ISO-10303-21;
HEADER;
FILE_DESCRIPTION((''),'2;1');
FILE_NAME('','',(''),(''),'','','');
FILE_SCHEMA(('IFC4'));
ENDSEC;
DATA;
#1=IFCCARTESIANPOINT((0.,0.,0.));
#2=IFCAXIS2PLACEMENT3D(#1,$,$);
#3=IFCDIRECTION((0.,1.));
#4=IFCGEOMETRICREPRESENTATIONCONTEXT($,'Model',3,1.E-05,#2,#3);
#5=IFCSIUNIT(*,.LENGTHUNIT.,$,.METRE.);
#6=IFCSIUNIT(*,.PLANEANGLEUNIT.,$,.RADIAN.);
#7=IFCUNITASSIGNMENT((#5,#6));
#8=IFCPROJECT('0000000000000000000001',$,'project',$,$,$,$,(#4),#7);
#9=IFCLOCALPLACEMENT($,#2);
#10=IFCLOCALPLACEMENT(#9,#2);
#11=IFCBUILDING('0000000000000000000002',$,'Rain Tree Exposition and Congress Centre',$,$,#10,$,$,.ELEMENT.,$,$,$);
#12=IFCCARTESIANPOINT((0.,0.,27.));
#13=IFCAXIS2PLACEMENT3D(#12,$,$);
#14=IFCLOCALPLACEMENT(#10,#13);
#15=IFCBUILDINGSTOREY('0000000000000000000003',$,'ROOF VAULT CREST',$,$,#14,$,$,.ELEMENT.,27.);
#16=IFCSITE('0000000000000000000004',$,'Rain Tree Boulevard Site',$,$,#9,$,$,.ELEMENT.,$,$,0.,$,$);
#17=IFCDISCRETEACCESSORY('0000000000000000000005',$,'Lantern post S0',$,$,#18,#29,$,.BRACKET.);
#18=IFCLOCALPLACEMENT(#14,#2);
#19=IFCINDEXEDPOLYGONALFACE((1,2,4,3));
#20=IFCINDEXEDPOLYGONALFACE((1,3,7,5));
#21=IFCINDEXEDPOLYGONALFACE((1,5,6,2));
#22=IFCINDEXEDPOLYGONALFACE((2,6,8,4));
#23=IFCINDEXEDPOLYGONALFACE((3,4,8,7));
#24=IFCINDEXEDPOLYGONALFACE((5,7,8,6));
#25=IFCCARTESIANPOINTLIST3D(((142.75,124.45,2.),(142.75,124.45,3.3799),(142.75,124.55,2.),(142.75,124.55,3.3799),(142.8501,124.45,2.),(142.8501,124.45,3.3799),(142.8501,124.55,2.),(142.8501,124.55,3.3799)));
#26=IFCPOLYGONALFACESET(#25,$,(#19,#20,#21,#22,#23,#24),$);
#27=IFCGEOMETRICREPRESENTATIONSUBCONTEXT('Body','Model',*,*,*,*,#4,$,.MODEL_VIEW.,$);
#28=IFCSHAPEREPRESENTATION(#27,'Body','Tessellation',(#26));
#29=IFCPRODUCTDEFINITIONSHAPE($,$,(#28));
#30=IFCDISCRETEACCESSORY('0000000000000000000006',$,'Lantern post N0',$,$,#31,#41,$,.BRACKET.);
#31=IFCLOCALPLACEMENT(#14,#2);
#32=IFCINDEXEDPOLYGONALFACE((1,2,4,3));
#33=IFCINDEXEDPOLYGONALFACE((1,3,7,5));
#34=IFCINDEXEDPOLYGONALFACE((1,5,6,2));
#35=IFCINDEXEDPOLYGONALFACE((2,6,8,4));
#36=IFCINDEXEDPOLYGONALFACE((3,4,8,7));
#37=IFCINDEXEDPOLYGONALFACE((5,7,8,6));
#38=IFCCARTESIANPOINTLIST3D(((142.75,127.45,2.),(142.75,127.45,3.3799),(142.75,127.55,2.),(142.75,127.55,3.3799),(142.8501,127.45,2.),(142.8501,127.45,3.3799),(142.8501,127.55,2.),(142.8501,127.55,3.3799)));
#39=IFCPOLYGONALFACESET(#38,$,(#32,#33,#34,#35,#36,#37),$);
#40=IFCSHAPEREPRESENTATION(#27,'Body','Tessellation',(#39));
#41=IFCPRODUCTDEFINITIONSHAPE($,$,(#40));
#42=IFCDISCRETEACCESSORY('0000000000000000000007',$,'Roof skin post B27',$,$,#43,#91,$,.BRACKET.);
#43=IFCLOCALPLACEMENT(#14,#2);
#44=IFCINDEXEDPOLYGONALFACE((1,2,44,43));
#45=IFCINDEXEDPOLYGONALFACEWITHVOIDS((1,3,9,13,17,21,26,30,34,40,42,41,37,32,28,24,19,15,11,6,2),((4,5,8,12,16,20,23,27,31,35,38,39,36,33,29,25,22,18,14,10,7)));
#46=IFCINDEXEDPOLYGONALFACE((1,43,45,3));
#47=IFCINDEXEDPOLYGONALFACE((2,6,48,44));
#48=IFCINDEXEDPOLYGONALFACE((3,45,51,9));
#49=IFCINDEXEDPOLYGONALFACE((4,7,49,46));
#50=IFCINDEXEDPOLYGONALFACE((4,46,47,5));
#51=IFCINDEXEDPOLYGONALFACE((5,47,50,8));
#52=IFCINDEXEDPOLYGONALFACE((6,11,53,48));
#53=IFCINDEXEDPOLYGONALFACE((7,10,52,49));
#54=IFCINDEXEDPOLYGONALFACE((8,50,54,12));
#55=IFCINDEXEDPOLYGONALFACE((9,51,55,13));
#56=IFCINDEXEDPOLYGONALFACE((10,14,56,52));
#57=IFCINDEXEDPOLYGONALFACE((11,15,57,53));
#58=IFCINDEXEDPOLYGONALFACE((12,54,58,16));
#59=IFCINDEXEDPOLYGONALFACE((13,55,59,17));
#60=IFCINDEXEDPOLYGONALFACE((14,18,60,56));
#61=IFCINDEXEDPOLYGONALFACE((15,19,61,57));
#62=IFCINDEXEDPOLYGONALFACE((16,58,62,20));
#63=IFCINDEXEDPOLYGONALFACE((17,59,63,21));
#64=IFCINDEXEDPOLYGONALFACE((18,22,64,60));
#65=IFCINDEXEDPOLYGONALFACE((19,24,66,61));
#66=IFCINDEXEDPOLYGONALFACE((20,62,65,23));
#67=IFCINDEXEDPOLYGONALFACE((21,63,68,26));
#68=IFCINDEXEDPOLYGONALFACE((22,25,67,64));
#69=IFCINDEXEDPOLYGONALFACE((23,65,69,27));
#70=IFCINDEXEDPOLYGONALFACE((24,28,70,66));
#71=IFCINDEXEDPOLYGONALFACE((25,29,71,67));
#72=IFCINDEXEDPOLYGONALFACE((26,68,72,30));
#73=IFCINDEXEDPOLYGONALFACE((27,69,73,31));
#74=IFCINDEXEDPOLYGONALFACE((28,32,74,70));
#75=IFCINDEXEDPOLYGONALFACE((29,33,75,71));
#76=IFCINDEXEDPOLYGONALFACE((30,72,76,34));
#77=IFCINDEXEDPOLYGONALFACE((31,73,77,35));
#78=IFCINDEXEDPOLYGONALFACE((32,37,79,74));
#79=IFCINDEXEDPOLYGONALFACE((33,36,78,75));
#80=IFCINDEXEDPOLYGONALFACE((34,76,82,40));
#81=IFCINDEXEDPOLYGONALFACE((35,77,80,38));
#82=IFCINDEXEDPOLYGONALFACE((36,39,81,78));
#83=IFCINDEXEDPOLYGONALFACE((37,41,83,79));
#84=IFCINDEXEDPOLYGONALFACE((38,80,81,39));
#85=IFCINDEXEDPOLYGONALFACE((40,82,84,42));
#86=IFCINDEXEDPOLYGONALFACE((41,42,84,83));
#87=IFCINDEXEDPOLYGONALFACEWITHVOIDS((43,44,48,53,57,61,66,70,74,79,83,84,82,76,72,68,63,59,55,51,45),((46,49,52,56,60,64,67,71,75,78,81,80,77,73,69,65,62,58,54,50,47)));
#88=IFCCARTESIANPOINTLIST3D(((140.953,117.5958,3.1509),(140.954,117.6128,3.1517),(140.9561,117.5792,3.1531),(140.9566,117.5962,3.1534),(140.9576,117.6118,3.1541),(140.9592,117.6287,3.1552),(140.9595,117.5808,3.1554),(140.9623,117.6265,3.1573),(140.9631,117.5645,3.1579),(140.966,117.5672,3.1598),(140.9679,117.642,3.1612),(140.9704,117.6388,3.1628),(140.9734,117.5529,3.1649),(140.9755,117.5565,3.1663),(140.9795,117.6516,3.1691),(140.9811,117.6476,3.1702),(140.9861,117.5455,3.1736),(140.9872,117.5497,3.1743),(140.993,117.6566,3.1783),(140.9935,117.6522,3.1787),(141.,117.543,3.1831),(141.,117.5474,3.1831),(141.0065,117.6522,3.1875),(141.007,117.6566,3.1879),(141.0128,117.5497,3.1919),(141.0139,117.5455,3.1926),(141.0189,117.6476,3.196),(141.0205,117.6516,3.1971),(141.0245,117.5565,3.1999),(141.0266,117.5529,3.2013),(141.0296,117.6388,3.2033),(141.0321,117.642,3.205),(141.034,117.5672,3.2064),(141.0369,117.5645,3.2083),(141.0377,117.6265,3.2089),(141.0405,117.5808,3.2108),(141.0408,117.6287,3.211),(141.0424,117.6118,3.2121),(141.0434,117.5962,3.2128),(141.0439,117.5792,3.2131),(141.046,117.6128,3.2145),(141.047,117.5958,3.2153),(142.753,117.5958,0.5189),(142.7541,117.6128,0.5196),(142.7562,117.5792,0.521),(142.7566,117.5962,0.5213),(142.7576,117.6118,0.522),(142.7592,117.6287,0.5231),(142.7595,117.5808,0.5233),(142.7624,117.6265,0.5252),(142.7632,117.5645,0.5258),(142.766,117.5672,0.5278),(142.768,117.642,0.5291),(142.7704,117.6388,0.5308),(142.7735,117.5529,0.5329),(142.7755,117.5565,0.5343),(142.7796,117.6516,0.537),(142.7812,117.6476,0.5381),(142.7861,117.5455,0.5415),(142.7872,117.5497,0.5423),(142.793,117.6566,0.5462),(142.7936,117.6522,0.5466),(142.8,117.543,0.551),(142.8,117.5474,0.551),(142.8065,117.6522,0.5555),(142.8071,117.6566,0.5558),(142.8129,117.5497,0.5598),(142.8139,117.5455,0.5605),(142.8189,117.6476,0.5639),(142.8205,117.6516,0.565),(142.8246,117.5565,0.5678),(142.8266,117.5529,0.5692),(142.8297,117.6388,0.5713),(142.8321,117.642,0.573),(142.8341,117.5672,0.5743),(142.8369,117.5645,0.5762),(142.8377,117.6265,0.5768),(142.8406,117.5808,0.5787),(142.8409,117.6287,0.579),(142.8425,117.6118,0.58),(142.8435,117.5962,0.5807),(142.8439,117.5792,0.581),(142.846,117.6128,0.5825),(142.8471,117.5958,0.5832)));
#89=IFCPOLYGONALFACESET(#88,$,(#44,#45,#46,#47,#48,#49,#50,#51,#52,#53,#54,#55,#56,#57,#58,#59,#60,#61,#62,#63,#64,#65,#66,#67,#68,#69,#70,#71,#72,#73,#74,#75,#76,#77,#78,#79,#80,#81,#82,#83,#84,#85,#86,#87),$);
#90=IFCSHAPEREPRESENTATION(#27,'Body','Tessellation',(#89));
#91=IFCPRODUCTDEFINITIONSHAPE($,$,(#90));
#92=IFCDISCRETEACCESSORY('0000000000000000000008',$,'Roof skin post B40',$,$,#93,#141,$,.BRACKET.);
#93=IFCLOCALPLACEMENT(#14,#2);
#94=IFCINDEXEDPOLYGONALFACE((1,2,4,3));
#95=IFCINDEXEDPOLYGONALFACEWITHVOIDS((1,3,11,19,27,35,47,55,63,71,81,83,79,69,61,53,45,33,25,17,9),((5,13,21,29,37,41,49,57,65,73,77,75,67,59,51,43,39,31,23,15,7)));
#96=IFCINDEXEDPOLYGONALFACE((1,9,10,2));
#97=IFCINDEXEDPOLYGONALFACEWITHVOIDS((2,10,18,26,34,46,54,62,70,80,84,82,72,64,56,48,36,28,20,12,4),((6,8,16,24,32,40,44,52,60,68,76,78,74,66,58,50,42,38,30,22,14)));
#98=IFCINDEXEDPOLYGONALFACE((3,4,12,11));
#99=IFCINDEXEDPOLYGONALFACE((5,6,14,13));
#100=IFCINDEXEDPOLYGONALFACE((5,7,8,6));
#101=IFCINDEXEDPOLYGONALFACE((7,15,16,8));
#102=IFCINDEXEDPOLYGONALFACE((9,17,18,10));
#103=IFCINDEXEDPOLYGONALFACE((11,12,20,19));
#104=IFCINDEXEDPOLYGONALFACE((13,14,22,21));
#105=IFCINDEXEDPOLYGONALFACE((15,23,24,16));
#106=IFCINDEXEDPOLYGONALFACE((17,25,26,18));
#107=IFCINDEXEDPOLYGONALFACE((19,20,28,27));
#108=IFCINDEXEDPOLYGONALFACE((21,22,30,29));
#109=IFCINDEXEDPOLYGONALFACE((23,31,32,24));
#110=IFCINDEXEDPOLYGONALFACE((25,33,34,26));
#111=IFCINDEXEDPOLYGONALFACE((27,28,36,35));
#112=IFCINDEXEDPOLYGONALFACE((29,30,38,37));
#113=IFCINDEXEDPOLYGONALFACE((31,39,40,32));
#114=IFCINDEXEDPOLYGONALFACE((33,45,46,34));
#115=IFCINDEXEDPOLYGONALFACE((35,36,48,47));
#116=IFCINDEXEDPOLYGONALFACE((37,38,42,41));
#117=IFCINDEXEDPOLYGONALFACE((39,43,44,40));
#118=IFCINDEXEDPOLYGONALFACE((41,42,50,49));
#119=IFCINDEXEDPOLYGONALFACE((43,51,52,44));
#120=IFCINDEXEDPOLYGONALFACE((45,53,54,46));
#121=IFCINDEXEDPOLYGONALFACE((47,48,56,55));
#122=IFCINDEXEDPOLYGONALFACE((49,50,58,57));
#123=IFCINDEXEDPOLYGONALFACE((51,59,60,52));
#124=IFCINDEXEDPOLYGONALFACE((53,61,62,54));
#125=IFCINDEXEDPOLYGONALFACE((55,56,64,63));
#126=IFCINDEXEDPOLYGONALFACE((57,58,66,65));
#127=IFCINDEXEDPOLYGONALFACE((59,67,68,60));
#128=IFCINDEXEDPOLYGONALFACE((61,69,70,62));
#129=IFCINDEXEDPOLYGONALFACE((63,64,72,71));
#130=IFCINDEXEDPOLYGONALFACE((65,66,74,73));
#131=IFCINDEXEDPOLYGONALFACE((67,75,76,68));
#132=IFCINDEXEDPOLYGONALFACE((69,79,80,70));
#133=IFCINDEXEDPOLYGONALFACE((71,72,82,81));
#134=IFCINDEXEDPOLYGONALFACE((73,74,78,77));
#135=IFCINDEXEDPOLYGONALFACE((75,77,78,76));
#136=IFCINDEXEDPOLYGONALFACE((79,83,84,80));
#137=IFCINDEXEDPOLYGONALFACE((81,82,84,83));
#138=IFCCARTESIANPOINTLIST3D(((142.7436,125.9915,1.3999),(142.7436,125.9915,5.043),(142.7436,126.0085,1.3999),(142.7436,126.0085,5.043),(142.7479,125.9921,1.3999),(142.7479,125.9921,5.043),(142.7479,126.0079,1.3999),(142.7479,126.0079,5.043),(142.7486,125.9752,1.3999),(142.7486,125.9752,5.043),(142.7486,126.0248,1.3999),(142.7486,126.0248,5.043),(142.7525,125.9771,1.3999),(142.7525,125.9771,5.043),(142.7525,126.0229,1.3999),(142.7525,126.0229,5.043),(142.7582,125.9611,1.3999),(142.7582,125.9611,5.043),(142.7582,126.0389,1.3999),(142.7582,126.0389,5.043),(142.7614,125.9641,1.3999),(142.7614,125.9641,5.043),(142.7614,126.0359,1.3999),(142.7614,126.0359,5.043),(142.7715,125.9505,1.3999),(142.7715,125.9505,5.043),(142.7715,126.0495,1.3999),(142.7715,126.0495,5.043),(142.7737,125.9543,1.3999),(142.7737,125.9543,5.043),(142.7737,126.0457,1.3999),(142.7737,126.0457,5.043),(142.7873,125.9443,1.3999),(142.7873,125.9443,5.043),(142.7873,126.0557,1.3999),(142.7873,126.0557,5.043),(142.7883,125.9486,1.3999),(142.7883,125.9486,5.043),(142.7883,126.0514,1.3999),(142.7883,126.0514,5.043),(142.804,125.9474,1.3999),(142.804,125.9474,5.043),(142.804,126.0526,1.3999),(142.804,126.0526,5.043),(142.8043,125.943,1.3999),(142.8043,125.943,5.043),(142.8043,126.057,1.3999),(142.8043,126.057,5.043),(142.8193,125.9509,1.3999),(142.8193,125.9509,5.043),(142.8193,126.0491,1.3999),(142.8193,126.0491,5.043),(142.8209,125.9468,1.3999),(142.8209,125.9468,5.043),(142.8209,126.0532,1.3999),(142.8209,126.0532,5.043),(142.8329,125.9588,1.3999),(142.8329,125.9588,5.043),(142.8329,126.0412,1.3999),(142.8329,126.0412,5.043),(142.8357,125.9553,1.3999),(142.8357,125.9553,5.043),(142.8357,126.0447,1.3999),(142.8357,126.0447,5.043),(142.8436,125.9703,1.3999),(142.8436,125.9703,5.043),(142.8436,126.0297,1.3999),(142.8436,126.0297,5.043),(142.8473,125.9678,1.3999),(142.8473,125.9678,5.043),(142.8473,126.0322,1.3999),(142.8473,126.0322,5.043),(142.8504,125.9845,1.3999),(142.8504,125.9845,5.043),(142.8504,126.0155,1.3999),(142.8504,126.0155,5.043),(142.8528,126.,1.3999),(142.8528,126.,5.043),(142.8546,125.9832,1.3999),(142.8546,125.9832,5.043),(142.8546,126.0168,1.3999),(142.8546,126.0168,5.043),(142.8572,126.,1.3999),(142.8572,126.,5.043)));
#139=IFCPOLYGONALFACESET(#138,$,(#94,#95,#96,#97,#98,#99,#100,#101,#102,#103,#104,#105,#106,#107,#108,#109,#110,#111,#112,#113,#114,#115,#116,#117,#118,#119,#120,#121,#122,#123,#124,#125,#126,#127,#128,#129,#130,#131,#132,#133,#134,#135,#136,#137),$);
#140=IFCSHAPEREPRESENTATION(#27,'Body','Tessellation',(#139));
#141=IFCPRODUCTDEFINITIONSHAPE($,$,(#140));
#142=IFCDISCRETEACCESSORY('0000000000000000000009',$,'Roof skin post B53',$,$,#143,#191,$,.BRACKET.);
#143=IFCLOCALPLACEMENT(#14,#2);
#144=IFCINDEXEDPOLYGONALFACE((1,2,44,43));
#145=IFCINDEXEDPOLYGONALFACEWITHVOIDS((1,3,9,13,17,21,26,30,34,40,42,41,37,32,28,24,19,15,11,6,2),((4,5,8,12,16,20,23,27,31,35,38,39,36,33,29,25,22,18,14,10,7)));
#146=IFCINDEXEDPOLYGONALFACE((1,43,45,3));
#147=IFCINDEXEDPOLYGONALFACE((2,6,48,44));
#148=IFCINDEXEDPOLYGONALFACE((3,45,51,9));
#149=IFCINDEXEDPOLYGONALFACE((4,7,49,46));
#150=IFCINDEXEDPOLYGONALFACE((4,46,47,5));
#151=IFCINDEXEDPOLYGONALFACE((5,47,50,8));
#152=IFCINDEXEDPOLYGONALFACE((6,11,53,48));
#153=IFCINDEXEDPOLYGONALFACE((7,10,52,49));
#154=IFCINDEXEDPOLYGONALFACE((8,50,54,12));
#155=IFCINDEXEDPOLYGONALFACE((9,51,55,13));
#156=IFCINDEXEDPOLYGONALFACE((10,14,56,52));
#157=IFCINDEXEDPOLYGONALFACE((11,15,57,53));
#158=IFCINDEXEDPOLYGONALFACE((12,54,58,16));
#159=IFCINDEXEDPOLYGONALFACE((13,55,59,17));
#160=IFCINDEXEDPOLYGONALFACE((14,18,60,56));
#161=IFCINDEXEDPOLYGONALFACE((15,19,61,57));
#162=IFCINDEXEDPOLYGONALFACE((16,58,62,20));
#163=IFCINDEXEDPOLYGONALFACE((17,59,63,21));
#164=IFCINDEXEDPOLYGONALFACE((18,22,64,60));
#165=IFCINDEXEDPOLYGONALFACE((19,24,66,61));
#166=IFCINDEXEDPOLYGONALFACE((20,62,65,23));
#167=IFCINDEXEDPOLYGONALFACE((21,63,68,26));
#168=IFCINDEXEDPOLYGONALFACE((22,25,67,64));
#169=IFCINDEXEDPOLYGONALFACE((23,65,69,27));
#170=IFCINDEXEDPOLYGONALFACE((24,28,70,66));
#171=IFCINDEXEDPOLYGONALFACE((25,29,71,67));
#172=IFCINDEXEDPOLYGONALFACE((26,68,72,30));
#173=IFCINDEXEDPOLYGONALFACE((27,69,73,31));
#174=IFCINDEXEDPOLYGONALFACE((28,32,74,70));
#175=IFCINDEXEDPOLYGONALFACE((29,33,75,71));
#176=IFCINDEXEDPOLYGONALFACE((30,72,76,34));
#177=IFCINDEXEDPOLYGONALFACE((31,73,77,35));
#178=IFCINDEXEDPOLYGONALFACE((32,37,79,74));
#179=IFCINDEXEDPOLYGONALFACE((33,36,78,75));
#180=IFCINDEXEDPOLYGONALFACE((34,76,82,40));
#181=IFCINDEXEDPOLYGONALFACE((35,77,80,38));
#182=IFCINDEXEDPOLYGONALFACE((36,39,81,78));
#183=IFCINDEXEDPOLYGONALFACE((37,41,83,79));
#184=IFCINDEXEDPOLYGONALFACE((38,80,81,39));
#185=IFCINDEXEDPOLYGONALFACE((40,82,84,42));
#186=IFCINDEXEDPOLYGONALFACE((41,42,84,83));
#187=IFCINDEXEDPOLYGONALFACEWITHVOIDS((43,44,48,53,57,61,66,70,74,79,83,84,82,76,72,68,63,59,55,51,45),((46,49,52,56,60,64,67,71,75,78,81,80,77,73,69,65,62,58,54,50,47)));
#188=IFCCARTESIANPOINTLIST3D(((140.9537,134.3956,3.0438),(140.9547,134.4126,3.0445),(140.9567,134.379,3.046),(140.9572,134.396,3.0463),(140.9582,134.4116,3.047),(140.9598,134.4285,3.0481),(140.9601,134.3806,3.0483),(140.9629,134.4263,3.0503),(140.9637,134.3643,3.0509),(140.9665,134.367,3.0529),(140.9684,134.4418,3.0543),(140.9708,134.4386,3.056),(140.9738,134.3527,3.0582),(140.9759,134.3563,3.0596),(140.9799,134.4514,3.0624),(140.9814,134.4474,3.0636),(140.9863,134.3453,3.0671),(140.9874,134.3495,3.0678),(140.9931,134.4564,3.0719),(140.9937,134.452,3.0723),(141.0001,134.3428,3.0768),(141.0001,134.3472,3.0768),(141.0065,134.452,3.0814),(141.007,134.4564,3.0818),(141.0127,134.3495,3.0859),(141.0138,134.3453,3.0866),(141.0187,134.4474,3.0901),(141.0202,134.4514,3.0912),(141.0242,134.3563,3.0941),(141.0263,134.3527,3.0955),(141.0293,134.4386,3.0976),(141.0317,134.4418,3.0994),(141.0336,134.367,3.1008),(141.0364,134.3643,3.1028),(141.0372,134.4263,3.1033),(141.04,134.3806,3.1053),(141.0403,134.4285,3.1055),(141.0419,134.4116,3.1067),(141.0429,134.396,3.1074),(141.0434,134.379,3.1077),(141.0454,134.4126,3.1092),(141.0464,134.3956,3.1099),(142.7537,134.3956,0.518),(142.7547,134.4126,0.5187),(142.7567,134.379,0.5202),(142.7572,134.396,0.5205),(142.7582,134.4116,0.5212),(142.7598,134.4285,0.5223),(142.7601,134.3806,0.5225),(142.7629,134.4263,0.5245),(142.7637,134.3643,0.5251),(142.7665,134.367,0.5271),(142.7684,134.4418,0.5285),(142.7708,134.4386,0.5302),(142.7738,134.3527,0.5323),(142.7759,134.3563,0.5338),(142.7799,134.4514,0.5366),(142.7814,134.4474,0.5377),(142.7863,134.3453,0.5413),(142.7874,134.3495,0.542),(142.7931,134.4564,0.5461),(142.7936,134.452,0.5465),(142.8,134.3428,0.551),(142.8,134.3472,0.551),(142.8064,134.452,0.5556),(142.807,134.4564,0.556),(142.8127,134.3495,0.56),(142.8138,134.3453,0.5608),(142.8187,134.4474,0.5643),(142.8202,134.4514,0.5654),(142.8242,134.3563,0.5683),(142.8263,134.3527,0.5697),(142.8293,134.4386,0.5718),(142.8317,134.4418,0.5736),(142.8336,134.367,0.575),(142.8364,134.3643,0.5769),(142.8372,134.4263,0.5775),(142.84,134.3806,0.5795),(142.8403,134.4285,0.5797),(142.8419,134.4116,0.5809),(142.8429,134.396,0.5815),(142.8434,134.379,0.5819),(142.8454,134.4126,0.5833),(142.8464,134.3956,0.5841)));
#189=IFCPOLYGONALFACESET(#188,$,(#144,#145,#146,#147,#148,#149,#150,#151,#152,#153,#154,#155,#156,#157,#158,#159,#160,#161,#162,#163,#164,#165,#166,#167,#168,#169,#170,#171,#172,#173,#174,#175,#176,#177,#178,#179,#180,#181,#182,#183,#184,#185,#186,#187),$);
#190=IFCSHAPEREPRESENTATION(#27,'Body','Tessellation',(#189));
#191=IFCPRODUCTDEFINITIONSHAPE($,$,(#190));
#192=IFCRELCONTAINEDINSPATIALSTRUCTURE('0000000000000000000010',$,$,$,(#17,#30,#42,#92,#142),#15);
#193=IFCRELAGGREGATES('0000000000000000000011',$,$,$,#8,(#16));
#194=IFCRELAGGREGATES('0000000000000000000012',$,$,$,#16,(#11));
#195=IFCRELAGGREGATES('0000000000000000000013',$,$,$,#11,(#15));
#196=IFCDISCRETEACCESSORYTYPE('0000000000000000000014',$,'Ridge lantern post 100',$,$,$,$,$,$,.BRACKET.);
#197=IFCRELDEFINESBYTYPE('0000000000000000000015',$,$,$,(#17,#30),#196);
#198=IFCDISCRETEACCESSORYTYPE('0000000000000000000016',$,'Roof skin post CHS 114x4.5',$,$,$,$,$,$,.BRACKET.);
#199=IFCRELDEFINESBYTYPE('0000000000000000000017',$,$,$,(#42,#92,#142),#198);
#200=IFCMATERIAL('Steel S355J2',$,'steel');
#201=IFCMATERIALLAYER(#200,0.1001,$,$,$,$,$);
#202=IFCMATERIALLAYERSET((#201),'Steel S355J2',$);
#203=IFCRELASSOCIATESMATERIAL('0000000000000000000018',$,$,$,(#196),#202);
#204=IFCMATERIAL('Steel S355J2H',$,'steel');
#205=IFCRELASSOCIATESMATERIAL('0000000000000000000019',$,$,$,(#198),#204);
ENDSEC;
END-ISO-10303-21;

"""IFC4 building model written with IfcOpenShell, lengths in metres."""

from ifc_helpers import new_model, si_unit, direction, frame, origin, origin_2d, place, context, subcontext, project, spatial, rectangle, hollow_circle, extrude, material, layer, layer_set, material_profile, profile_set, type_object, element, save


model = new_model("IFC4")

# Units and contexts
model_context = context("Model", 3, precision=1e-05, world=origin(), true_north=direction((0.0, 1.0)))
body_context = subcontext(model_context, "Body", "Model", "MODEL_VIEW")
ifc_project = project(units=[si_unit("LENGTHUNIT", "METRE"), si_unit("PLANEANGLEUNIT", "RADIAN")], contexts=[model_context])

# Site, building, storey
site_placement = place(None, origin())
site = spatial("IfcSite", under=ifc_project, at=site_placement, Name="Rain Tree Boulevard Site", CompositionType="ELEMENT", RefElevation=0.0)
building_placement = place(site_placement, origin())
building = spatial("IfcBuilding", under=site, at=building_placement, Name="Rain Tree Exposition and Congress Centre", CompositionType="ELEMENT")
storey_placement = place(building_placement, frame((0.0, 0.0, 27.0)))
storey = spatial("IfcBuildingStorey", under=building, at=storey_placement, Name="ROOF VAULT CREST", CompositionType="ELEMENT", Elevation=27.0)

# Discrete accessories
ifc_material_1 = material(Name="Steel S355J2", Category="steel")
ifc_layer_1 = layer(ifc_material_1, 0.1001)
ifc_layer_set_1 = layer_set([ifc_layer_1], Name="Steel S355J2")
discrete_accessory_type_1 = type_object("IfcDiscreteAccessoryType", Name="Ridge lantern post 100", PredefinedType="BRACKET", material=ifc_layer_set_1)
for number, where, z_axis, x_axis, name in (
    (1, (142.8, 124.5, 2.0), (0.0, 0.0, 1.0), (1.0, 0.0, 0.0), "Lantern post S0"),
    (2, (142.8, 127.5, 2.0), (0.0, 0.0, 1.0), (1.0, 0.0, 0.0), "Lantern post N0"),
):
    element("IfcDiscreteAccessory", number, at=place(storey_placement, frame(where, z_axis=z_axis, x_axis=x_axis)), inside=storey, type_object=discrete_accessory_type_1, Name=name, PredefinedType="BRACKET", context=body_context, shape_type="SweptSolid", body=[
        extrude(rectangle(XDim=0.1001, YDim=0.1001, at=origin_2d()), origin(), (0.0, 0.0, 1.0), 1.3799),
    ])
ifc_material_2 = material(Name="Steel S355J2H", Category="steel")
ifc_material_profile_1 = material_profile(ifc_material_2, hollow_circle(Radius=0.0571, WallThickness=0.0044, at=origin_2d()), Name="CHS 114x4.5")
ifc_profile_set_1 = profile_set([ifc_material_profile_1], Name="Steel S355J2H")
discrete_accessory_type_2 = type_object("IfcDiscreteAccessoryType", Name="Roof skin post CHS 114x4.5", PredefinedType="BRACKET", material=ifc_profile_set_1)
discrete_accessory_1_placement = place(storey_placement, frame((142.8, 117.6001, 0.551), z_axis=(-0.564503, 0.0, 0.825431), x_axis=(0.0, -1.0, 0.0)))
element("IfcDiscreteAccessory", 3, at=discrete_accessory_1_placement, inside=storey, type_object=discrete_accessory_type_2, Name="Roof skin post B27", PredefinedType="BRACKET", context=body_context, shape_type="SweptSolid", body=[
    extrude(hollow_circle(Radius=0.0571, WallThickness=0.0044, at=origin_2d()), origin(), (0.0, 0.0, 1.0), 3.1887),
])
discrete_accessory_2_placement = place(storey_placement, frame((142.8, 126.0, 1.3999), z_axis=(0.0, 0.0, 1.0), x_axis=(1.0, 0.0, 0.0)))
element("IfcDiscreteAccessory", 4, at=discrete_accessory_2_placement, inside=storey, type_object=discrete_accessory_type_2, Name="Roof skin post B40", PredefinedType="BRACKET", context=body_context, shape_type="SweptSolid", body=[
    extrude(hollow_circle(Radius=0.0571, WallThickness=0.0044, at=origin_2d()), origin(), (0.0, 0.0, 1.0), 3.6431),
])
discrete_accessory_3_placement = place(storey_placement, frame((142.8, 134.3999, 0.551), z_axis=(-0.580352, 0.0, 0.814366), x_axis=(0.0, -1.0, 0.0)))
element("IfcDiscreteAccessory", 5, at=discrete_accessory_3_placement, inside=storey, type_object=discrete_accessory_type_2, Name="Roof skin post B53", PredefinedType="BRACKET", context=body_context, shape_type="SweptSolid", body=[
    extrude(hollow_circle(Radius=0.0571, WallThickness=0.0044, at=origin_2d()), origin(), (0.0, 0.0, 1.0), 3.1016),
])

save(model, "model.ifc")
